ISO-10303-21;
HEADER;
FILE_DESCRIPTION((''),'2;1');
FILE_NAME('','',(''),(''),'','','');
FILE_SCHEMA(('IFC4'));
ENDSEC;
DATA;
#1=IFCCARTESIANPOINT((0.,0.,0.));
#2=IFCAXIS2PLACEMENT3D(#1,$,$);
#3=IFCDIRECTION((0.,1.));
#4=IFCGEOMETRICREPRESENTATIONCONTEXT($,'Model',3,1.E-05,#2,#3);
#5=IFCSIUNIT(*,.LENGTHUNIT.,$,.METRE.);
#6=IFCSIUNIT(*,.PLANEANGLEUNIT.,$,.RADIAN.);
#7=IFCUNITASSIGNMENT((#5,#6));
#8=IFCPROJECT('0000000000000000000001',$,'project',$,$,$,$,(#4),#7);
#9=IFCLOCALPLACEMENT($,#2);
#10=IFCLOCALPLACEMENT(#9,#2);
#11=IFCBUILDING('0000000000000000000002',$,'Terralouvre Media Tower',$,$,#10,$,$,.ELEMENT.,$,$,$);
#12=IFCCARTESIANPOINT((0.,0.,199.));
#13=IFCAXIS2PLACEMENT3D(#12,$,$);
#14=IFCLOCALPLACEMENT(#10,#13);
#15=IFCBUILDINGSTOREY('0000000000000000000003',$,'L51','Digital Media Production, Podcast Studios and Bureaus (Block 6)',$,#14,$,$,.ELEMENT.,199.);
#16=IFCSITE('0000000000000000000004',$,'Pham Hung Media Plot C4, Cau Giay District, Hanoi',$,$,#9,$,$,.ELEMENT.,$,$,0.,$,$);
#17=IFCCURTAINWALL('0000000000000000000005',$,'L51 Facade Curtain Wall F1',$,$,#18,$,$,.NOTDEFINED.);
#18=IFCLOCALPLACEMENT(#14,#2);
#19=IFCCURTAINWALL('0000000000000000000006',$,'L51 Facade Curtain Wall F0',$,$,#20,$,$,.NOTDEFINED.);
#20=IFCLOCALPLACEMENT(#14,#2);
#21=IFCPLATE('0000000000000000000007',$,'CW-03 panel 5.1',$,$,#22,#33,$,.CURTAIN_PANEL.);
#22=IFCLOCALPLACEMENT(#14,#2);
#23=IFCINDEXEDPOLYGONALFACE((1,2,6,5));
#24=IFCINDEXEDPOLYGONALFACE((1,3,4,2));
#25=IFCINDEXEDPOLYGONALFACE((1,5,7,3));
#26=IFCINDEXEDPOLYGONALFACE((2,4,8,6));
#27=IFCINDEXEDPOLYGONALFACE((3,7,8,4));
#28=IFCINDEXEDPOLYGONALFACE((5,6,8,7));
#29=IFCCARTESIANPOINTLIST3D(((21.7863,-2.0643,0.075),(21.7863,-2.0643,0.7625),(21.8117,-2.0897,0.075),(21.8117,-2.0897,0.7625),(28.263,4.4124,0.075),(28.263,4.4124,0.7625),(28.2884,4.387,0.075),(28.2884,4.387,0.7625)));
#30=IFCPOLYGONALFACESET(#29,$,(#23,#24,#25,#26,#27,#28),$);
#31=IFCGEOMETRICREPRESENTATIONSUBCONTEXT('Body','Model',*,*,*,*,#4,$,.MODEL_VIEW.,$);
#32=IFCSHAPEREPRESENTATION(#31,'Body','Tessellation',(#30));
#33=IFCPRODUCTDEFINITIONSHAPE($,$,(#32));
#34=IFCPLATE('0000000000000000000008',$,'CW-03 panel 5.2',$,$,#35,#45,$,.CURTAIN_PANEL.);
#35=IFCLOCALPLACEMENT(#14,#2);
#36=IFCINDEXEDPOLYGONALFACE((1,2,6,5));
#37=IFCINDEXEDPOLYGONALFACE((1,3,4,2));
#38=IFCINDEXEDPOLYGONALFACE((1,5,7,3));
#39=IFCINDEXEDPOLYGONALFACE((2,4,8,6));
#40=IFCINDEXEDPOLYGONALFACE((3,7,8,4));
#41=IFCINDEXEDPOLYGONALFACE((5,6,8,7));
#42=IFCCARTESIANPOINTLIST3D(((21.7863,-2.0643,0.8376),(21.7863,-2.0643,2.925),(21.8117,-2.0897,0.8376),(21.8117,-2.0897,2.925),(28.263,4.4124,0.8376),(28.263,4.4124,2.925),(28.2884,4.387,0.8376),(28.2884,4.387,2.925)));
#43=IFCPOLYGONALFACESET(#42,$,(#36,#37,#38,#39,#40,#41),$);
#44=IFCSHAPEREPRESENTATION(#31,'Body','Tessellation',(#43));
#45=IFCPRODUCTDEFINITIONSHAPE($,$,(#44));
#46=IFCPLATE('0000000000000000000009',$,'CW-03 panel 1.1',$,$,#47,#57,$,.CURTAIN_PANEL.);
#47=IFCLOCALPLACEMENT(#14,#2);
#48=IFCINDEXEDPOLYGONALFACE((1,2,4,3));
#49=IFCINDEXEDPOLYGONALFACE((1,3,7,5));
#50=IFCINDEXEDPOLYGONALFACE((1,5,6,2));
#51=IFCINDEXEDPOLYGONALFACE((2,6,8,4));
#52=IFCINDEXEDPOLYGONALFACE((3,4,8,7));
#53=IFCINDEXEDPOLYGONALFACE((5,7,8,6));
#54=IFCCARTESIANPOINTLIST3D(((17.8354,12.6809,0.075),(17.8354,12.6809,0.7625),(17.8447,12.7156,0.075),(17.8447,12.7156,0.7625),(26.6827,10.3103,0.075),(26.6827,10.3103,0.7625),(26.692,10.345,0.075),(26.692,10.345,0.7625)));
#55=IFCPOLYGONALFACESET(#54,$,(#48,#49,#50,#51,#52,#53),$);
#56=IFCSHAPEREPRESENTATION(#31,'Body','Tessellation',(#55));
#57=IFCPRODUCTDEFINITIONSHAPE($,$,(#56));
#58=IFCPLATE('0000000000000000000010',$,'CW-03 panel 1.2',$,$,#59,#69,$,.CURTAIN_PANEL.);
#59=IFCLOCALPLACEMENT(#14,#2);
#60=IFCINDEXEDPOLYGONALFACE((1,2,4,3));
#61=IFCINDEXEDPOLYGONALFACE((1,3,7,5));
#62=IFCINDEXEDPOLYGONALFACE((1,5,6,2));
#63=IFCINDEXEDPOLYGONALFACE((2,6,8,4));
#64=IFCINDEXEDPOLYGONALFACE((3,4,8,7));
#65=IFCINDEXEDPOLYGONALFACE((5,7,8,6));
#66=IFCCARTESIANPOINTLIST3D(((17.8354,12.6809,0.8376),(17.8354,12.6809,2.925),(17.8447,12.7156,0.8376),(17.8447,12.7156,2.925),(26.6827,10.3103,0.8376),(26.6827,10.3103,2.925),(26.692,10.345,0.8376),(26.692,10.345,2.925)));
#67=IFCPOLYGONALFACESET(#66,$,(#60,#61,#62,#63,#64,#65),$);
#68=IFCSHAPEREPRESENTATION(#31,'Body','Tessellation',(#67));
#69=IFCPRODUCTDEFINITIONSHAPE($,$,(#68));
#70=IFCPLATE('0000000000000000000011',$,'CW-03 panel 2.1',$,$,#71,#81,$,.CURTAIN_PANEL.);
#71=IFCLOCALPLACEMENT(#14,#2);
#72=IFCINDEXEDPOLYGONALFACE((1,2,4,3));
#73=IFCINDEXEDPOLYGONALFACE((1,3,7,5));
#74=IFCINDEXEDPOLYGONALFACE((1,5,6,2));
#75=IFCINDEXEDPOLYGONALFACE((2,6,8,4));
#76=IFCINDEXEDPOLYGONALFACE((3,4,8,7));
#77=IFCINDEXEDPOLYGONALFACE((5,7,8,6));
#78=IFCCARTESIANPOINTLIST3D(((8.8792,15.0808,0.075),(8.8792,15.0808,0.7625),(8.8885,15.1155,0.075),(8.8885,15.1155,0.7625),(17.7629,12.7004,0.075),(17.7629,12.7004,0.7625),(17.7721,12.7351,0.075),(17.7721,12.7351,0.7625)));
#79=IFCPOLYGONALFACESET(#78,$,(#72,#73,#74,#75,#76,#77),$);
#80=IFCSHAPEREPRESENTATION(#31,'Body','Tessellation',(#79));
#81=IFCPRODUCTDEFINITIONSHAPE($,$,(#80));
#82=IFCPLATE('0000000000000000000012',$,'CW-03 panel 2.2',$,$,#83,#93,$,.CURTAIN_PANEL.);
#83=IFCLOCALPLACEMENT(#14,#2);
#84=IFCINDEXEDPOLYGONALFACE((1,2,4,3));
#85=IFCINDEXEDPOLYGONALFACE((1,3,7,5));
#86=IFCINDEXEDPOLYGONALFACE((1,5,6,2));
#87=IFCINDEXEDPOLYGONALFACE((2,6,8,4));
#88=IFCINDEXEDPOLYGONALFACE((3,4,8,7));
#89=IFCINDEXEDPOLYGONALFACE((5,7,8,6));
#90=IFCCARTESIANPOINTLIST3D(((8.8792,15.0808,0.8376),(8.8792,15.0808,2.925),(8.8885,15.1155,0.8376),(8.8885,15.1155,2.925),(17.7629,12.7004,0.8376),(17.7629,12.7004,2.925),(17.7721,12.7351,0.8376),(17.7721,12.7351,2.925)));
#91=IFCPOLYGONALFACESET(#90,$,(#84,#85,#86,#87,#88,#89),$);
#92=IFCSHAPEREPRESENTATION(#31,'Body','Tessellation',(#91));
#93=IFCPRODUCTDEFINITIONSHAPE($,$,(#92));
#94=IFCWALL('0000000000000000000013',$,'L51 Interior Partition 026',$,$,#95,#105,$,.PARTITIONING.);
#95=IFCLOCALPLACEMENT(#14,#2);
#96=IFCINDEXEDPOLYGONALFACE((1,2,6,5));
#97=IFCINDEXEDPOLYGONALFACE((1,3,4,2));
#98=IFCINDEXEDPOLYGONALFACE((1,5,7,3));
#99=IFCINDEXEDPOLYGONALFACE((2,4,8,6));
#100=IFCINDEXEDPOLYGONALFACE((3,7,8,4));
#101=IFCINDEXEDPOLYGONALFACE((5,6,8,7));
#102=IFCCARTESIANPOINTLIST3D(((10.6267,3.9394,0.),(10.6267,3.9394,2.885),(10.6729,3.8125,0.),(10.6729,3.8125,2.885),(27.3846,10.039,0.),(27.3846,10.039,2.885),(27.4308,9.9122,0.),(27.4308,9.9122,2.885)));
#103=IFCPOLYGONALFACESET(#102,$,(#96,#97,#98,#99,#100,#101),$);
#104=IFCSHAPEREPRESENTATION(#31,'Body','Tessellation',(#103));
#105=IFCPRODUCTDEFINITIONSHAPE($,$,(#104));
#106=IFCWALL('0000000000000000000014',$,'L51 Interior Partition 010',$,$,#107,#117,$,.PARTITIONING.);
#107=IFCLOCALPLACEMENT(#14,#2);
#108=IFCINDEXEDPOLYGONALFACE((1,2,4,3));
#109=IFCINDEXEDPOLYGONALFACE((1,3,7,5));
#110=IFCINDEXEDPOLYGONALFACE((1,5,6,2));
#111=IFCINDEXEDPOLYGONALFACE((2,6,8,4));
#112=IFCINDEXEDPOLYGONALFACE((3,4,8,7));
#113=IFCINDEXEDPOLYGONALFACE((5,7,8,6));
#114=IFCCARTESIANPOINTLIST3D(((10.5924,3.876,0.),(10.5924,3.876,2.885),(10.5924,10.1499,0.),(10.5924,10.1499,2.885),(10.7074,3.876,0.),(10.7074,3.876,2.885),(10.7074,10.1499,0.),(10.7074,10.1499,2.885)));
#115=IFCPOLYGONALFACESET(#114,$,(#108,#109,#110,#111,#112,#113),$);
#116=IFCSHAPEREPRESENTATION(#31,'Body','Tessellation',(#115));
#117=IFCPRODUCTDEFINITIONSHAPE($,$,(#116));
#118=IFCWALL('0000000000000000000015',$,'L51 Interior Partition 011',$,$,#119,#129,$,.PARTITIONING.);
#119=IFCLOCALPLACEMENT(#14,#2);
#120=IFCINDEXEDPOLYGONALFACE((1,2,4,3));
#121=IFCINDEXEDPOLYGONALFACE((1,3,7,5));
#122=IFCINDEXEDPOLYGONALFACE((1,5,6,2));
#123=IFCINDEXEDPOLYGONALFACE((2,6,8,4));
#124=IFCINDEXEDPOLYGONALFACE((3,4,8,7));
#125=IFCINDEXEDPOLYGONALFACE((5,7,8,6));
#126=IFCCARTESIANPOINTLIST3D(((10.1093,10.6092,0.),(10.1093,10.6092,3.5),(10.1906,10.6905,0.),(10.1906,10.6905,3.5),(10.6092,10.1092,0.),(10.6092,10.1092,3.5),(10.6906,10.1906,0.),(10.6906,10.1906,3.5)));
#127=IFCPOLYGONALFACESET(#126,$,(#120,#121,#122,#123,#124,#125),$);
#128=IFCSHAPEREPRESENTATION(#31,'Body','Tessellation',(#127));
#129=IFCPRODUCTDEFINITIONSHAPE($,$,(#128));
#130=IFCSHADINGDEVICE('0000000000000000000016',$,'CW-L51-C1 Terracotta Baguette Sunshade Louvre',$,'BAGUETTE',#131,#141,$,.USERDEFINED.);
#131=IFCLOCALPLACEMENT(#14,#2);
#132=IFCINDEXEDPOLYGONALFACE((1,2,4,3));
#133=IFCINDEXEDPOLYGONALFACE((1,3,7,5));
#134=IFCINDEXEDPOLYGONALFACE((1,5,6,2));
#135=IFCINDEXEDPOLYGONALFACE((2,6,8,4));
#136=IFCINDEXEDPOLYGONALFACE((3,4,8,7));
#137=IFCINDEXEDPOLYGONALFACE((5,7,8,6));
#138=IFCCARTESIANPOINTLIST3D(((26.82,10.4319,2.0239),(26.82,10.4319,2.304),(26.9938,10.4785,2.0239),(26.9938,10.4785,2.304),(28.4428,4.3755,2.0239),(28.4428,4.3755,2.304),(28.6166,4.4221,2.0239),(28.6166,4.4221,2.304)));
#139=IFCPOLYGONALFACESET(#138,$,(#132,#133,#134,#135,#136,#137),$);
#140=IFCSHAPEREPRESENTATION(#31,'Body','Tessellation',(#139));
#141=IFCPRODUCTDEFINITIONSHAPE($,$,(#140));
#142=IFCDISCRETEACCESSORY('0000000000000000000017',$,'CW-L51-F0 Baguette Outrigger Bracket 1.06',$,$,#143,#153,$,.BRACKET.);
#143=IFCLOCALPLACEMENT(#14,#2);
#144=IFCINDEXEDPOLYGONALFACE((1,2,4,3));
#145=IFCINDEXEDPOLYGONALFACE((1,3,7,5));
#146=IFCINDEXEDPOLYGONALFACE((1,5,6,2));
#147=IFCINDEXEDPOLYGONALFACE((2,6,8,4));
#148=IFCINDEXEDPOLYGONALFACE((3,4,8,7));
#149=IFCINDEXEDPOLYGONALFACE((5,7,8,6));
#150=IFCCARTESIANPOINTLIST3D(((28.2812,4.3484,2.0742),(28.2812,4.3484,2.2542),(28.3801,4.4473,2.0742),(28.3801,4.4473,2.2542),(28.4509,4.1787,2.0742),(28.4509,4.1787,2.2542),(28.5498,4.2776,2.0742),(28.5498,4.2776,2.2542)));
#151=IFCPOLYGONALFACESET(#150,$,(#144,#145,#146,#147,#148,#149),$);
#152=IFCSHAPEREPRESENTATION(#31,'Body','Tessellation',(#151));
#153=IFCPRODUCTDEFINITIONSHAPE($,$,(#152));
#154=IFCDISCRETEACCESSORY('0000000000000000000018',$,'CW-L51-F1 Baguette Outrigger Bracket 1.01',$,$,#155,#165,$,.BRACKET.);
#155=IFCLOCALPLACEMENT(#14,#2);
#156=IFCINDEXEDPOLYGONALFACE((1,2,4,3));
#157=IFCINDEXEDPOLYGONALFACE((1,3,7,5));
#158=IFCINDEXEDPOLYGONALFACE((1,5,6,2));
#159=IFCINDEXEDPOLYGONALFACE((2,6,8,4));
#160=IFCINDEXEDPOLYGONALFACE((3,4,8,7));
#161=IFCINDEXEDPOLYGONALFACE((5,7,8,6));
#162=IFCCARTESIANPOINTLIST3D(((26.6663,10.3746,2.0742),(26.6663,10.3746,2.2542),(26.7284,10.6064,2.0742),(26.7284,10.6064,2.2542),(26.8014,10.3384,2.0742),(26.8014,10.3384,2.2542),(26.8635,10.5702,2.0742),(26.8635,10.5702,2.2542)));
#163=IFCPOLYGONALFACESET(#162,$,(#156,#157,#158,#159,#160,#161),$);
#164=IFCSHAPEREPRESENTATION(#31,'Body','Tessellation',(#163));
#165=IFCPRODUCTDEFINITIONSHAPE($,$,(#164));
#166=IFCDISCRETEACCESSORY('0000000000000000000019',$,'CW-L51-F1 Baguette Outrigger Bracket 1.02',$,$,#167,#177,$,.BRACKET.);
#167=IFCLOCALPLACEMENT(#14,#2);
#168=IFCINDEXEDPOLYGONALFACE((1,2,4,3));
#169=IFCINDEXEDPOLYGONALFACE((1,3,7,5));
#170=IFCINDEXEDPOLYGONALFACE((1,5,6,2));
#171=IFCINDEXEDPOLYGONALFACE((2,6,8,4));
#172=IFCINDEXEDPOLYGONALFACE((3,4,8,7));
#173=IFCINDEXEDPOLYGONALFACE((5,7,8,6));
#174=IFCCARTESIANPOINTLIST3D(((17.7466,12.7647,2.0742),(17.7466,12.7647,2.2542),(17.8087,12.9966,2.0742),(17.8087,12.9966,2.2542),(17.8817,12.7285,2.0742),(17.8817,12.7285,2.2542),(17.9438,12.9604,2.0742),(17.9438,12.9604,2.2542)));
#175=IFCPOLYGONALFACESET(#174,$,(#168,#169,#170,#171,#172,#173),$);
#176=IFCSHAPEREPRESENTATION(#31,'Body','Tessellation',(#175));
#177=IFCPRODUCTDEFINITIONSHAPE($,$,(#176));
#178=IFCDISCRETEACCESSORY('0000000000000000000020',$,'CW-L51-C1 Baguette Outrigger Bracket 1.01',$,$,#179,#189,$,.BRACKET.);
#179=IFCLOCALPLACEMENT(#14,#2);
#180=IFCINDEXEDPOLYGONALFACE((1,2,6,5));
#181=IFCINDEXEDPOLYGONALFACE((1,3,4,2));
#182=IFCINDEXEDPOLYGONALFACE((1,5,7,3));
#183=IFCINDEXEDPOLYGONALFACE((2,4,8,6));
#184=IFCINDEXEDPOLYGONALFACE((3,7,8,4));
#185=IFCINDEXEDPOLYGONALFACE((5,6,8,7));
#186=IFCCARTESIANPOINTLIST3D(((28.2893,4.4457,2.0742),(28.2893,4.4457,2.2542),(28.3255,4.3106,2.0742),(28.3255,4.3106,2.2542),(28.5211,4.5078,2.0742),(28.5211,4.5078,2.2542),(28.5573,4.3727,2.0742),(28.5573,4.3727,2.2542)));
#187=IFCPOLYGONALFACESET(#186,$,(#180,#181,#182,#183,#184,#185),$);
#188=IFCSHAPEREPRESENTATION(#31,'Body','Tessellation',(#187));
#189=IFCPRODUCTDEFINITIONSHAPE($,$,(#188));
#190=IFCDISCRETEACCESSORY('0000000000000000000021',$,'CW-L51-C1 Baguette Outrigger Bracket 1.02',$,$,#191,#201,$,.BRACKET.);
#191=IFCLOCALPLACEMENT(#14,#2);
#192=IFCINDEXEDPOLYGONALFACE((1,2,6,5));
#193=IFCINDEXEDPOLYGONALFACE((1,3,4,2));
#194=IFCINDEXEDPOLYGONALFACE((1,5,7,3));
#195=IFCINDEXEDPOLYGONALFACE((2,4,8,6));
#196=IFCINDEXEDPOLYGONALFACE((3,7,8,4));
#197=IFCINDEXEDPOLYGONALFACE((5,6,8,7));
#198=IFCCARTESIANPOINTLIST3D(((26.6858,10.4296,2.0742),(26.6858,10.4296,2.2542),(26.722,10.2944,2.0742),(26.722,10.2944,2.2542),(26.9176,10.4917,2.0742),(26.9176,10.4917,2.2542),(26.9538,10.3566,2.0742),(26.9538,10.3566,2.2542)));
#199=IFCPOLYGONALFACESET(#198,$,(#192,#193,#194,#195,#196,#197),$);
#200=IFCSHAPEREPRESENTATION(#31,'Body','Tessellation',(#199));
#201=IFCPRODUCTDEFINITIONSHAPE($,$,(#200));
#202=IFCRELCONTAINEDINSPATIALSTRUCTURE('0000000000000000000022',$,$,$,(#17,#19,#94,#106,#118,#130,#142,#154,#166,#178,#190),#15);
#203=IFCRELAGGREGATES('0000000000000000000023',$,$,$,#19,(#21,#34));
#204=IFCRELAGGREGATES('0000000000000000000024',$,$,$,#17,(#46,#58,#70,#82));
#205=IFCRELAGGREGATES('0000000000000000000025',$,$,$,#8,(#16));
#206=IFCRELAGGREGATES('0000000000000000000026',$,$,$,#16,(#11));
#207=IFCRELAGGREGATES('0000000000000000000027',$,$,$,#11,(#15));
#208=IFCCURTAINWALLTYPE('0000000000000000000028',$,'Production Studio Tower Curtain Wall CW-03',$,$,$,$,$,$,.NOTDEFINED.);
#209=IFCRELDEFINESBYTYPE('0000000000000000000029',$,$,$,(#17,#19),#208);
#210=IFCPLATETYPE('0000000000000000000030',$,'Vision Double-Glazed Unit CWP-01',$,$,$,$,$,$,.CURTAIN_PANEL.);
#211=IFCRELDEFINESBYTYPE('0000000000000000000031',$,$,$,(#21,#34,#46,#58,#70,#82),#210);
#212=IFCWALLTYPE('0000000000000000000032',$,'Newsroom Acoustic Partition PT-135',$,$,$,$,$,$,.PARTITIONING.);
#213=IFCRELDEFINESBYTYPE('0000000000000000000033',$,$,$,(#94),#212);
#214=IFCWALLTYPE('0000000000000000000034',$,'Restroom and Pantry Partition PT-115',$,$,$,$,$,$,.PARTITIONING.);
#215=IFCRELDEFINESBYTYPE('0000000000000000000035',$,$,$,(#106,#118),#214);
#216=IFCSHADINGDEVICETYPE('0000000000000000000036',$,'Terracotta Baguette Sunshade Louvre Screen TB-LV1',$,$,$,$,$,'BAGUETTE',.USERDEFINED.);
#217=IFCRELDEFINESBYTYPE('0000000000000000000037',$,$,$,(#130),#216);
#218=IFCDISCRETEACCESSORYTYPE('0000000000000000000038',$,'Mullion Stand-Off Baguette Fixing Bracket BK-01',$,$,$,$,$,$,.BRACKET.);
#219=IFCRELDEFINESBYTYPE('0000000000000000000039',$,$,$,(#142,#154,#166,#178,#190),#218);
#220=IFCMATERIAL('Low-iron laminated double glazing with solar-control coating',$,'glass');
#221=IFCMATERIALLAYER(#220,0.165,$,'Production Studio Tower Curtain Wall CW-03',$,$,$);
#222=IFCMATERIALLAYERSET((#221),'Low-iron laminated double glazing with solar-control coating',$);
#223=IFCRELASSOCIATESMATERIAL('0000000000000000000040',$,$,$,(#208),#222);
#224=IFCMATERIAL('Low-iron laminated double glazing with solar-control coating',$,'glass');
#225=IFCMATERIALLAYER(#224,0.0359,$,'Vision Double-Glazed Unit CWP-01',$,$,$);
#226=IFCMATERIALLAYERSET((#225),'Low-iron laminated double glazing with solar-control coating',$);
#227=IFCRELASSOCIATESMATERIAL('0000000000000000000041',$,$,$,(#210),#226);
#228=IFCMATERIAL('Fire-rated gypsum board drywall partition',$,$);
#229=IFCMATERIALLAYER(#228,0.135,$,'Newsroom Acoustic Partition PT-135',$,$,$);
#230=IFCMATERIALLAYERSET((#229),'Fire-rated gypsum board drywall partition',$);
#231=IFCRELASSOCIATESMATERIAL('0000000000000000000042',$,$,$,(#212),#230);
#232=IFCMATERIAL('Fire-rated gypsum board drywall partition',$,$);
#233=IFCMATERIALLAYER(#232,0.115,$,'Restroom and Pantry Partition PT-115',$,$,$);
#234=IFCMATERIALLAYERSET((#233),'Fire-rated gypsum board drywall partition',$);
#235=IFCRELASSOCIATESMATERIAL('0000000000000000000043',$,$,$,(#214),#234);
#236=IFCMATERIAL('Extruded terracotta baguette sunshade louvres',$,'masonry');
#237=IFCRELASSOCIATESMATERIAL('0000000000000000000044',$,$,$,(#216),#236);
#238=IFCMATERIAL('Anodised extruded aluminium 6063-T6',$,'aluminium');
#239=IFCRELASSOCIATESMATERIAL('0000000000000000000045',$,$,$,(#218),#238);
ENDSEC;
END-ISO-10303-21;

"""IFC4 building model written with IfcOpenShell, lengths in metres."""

from ifc_helpers import new_model, si_unit, direction, frame, frame_2d, origin, origin_2d, place, context, subcontext, project, spatial, rectangle, extrude, material, layer, layer_set, type_object, element, aggregate, save


model = new_model("IFC4")

# Units and contexts
model_context = context("Model", 3, precision=1e-05, world=origin(), true_north=direction((0.0, 1.0)))
body_context = subcontext(model_context, "Body", "Model", "MODEL_VIEW")
ifc_project = project(units=[si_unit("LENGTHUNIT", "METRE"), si_unit("PLANEANGLEUNIT", "RADIAN")], contexts=[model_context])

# Site, building, storey
site_placement = place(None, origin())
site = spatial("IfcSite", under=ifc_project, at=site_placement, Name="Pham Hung Media Plot C4, Cau Giay District, Hanoi", CompositionType="ELEMENT", RefElevation=0.0)
building_placement = place(site_placement, origin())
building = spatial("IfcBuilding", under=site, at=building_placement, Name="Terralouvre Media Tower", CompositionType="ELEMENT")
storey_placement = place(building_placement, frame((0.0, 0.0, 199.0)))
storey = spatial("IfcBuildingStorey", under=building, at=storey_placement, Name="L51", Description="Digital Media Production, Podcast Studios and Bureaus (Block 6)", CompositionType="ELEMENT", Elevation=199.0)

# Curtain wall
ifc_material_1 = material(Name="Low-iron laminated double glazing with solar-control coating", Category="glass")
ifc_layer_1 = layer(ifc_material_1, 0.165, Name="Production Studio Tower Curtain Wall CW-03")
ifc_layer_set_1 = layer_set([ifc_layer_1], Name="Low-iron laminated double glazing with solar-control coating")
curtain_wall_type_1 = type_object("IfcCurtainWallType", Name="Production Studio Tower Curtain Wall CW-03", PredefinedType="NOTDEFINED", material=ifc_layer_set_1)
curtain_wall_1_placement = place(storey_placement, origin())
curtain_wall_1 = element("IfcCurtainWall", 1, at=curtain_wall_1_placement, inside=storey, type_object=curtain_wall_type_1, Name="L51 Facade Curtain Wall F1", PredefinedType="NOTDEFINED")

# Curtain wall
curtain_wall_2_placement = place(storey_placement, origin())
curtain_wall_2 = element("IfcCurtainWall", 2, at=curtain_wall_2_placement, inside=storey, type_object=curtain_wall_type_1, Name="L51 Facade Curtain Wall F0", PredefinedType="NOTDEFINED")

# Plates
ifc_material_2 = material(Name="Low-iron laminated double glazing with solar-control coating", Category="glass")
ifc_layer_2 = layer(ifc_material_2, 0.0359, Name="Vision Double-Glazed Unit CWP-01")
ifc_layer_set_2 = layer_set([ifc_layer_2], Name="Low-iron laminated double glazing with solar-control coating")
plate_type_1 = type_object("IfcPlateType", Name="Vision Double-Glazed Unit CWP-01", PredefinedType="CURTAIN_PANEL", material=ifc_layer_set_2)
plate_1_placement = place(storey_placement, frame((25.0374, 1.1614, 0.075), z_axis=(0.0, 0.0, 1.0), x_axis=(0.707107, 0.707107, 0.0)))
plate_1 = element("IfcPlate", 3, at=plate_1_placement, type_object=plate_type_1, Name="CW-03 panel 5.1", PredefinedType="CURTAIN_PANEL", context=body_context, shape_type="SweptSolid", body=[
    extrude(rectangle(XDim=9.1594, YDim=0.0359, at=origin_2d()), origin(), (0.0, 0.0, 1.0), 0.6875),
])
plate_2_placement = place(storey_placement, frame((25.0374, 1.1614, 0.8376), z_axis=(0.0, 0.0, 1.0), x_axis=(0.707107, 0.707107, 0.0)))
plate_2 = element("IfcPlate", 4, at=plate_2_placement, type_object=plate_type_1, Name="CW-03 panel 5.2", PredefinedType="CURTAIN_PANEL", context=body_context, shape_type="SweptSolid", body=[
    extrude(rectangle(XDim=9.1594, YDim=0.0359, at=origin_2d()), origin(), (0.0, 0.0, 1.0), 2.0874),
])
aggregate(curtain_wall_2, [plate_1, plate_2])
plate_3_placement = place(storey_placement, frame((22.2637, 11.5129, 0.075), z_axis=(0.0, 0.0, 1.0), x_axis=(-0.965926, 0.258819, 0.0)))
plate_3 = element("IfcPlate", 5, at=plate_3_placement, type_object=plate_type_1, Name="CW-03 panel 1.1", PredefinedType="CURTAIN_PANEL", context=body_context, shape_type="SweptSolid", body=[
    extrude(rectangle(XDim=9.1594, YDim=0.0359, at=origin_2d()), origin(), (0.0, 0.0, 1.0), 0.6875),
])
plate_4_placement = place(storey_placement, frame((22.2637, 11.5129, 0.8376), z_axis=(0.0, 0.0, 1.0), x_axis=(-0.965926, 0.258819, 0.0)))
plate_4 = element("IfcPlate", 6, at=plate_4_placement, type_object=plate_type_1, Name="CW-03 panel 1.2", PredefinedType="CURTAIN_PANEL", context=body_context, shape_type="SweptSolid", body=[
    extrude(rectangle(XDim=9.1594, YDim=0.0359, at=origin_2d()), origin(), (0.0, 0.0, 1.0), 2.0874),
])
plate_5_placement = place(storey_placement, frame((13.3257, 13.908, 0.075), z_axis=(0.0, 0.0, 1.0), x_axis=(-0.965926, 0.258819, 0.0)))
plate_5 = element("IfcPlate", 7, at=plate_5_placement, type_object=plate_type_1, Name="CW-03 panel 2.1", PredefinedType="CURTAIN_PANEL", context=body_context, shape_type="SweptSolid", body=[
    extrude(rectangle(XDim=9.197, YDim=0.0359, at=origin_2d()), origin(), (0.0, 0.0, 1.0), 0.6875),
])
plate_6_placement = place(storey_placement, frame((13.3257, 13.908, 0.8376), z_axis=(0.0, 0.0, 1.0), x_axis=(-0.965926, 0.258819, 0.0)))
plate_6 = element("IfcPlate", 8, at=plate_6_placement, type_object=plate_type_1, Name="CW-03 panel 2.2", PredefinedType="CURTAIN_PANEL", context=body_context, shape_type="SweptSolid", body=[
    extrude(rectangle(XDim=9.197, YDim=0.0359, at=origin_2d()), origin(), (0.0, 0.0, 1.0), 2.0874),
])
aggregate(curtain_wall_1, [plate_3, plate_4, plate_5, plate_6])

# Walls
ifc_material_3 = material(Name="Fire-rated gypsum board drywall partition")
ifc_layer_3 = layer(ifc_material_3, 0.135, Name="Newsroom Acoustic Partition PT-135")
ifc_layer_set_3 = layer_set([ifc_layer_3], Name="Fire-rated gypsum board drywall partition")
wall_type_1 = type_object("IfcWallType", Name="Newsroom Acoustic Partition PT-135", PredefinedType="PARTITIONING", material=ifc_layer_set_3)
wall_1_placement = place(storey_placement, frame((27.4077, 9.9756, 0.0), z_axis=(0.0, 0.0, 1.0), x_axis=(-0.939688, -0.342033, 0.0)))
element("IfcWall", 9, at=wall_1_placement, inside=storey, type_object=wall_type_1, Name="L51 Interior Partition 026", PredefinedType="PARTITIONING", context=body_context, shape_type="SweptSolid", body=[
    extrude(rectangle(XDim=17.8335, YDim=0.135, at=frame_2d((8.9167, 0.0))), origin(), (0.0, 0.0, 1.0), 2.885),
])
ifc_material_4 = material(Name="Fire-rated gypsum board drywall partition")
ifc_layer_4 = layer(ifc_material_4, 0.115, Name="Restroom and Pantry Partition PT-115")
ifc_layer_set_4 = layer_set([ifc_layer_4], Name="Fire-rated gypsum board drywall partition")
wall_type_2 = type_object("IfcWallType", Name="Restroom and Pantry Partition PT-115", PredefinedType="PARTITIONING", material=ifc_layer_set_4)
wall_2_placement = place(storey_placement, frame((10.6499, 3.876, 0.0), z_axis=(0.0, 0.0, 1.0), x_axis=(0.0, 1.0, 0.0)))
element("IfcWall", 10, at=wall_2_placement, inside=storey, type_object=wall_type_2, Name="L51 Interior Partition 010", PredefinedType="PARTITIONING", context=body_context, shape_type="SweptSolid", body=[
    extrude(rectangle(XDim=6.2739, YDim=0.115, at=frame_2d((3.137, 0.0))), origin(), (0.0, 0.0, 1.0), 2.885),
])
wall_3_placement = place(storey_placement, frame((10.6499, 10.1499, 0.0), z_axis=(0.0, 0.0, 1.0), x_axis=(-0.707107, 0.707107, 0.0)))
element("IfcWall", 11, at=wall_3_placement, inside=storey, type_object=wall_type_2, Name="L51 Interior Partition 011", PredefinedType="PARTITIONING", context=body_context, shape_type="SweptSolid", body=[
    extrude(rectangle(XDim=0.707, YDim=0.115, at=frame_2d((0.3535, 0.0))), origin(), (0.0, 0.0, 1.0), 3.5),
])

# Shading device
ifc_material_5 = material(Name="Extruded terracotta baguette sunshade louvres", Category="masonry")
shading_device_type = type_object("IfcShadingDeviceType", Name="Terracotta Baguette Sunshade Louvre Screen TB-LV1", ElementType="BAGUETTE", PredefinedType="USERDEFINED", material=ifc_material_5)
shading_device_placement = place(storey_placement, frame((27.7183, 7.427, 2.0239), z_axis=(0.0, 0.0, 1.0), x_axis=(-0.258819, 0.965926, 0.0)))
element("IfcShadingDevice", 12, at=shading_device_placement, inside=storey, type_object=shading_device_type, Name="CW-L51-C1 Terracotta Baguette Sunshade Louvre", ObjectType="BAGUETTE", PredefinedType="USERDEFINED", context=body_context, shape_type="SweptSolid", body=[
    extrude(rectangle(XDim=6.27, YDim=0.1799, at=origin_2d()), origin(), (0.0, 0.0, 1.0), 0.28),
])

# Discrete accessories
ifc_material_6 = material(Name="Anodised extruded aluminium 6063-T6", Category="aluminium")
discrete_accessory_type = type_object("IfcDiscreteAccessoryType", Name="Mullion Stand-Off Baguette Fixing Bracket BK-01", PredefinedType="BRACKET", material=ifc_material_6)
for number, where, z_axis, x_axis, name in (
    (13, (28.4155, 4.313, 2.0742), (0.0, 0.0, 1.0), (0.707107, 0.707107, 0.0), "CW-L51-F0 Baguette Outrigger Bracket 1.06"),
    (14, (26.7649, 10.4724, 2.0742), (0.0, 0.0, 1.0), (-0.965926, 0.258819, 0.0), "CW-L51-F1 Baguette Outrigger Bracket 1.01"),
    (15, (17.8452, 12.8625, 2.0742), (0.0, 0.0, 1.0), (-0.965926, 0.258819, 0.0), "CW-L51-F1 Baguette Outrigger Bracket 1.02"),
    (16, (28.4233, 4.4092, 2.0742), (0.0, 0.0, 1.0), (-0.258819, 0.965926, 0.0), "CW-L51-C1 Baguette Outrigger Bracket 1.01"),
    (17, (26.8198, 10.3931, 2.0742), (0.0, 0.0, 1.0), (-0.258819, 0.965926, 0.0), "CW-L51-C1 Baguette Outrigger Bracket 1.02"),
):
    element("IfcDiscreteAccessory", number, at=place(storey_placement, frame(where, z_axis=z_axis, x_axis=x_axis)), inside=storey, type_object=discrete_accessory_type, Name=name, PredefinedType="BRACKET", context=body_context, shape_type="SweptSolid", body=[
        extrude(rectangle(XDim=0.1399, YDim=0.24, at=origin_2d()), origin(), (0.0, 0.0, 1.0), 0.1799),
    ])

save(model, "model.ifc")
